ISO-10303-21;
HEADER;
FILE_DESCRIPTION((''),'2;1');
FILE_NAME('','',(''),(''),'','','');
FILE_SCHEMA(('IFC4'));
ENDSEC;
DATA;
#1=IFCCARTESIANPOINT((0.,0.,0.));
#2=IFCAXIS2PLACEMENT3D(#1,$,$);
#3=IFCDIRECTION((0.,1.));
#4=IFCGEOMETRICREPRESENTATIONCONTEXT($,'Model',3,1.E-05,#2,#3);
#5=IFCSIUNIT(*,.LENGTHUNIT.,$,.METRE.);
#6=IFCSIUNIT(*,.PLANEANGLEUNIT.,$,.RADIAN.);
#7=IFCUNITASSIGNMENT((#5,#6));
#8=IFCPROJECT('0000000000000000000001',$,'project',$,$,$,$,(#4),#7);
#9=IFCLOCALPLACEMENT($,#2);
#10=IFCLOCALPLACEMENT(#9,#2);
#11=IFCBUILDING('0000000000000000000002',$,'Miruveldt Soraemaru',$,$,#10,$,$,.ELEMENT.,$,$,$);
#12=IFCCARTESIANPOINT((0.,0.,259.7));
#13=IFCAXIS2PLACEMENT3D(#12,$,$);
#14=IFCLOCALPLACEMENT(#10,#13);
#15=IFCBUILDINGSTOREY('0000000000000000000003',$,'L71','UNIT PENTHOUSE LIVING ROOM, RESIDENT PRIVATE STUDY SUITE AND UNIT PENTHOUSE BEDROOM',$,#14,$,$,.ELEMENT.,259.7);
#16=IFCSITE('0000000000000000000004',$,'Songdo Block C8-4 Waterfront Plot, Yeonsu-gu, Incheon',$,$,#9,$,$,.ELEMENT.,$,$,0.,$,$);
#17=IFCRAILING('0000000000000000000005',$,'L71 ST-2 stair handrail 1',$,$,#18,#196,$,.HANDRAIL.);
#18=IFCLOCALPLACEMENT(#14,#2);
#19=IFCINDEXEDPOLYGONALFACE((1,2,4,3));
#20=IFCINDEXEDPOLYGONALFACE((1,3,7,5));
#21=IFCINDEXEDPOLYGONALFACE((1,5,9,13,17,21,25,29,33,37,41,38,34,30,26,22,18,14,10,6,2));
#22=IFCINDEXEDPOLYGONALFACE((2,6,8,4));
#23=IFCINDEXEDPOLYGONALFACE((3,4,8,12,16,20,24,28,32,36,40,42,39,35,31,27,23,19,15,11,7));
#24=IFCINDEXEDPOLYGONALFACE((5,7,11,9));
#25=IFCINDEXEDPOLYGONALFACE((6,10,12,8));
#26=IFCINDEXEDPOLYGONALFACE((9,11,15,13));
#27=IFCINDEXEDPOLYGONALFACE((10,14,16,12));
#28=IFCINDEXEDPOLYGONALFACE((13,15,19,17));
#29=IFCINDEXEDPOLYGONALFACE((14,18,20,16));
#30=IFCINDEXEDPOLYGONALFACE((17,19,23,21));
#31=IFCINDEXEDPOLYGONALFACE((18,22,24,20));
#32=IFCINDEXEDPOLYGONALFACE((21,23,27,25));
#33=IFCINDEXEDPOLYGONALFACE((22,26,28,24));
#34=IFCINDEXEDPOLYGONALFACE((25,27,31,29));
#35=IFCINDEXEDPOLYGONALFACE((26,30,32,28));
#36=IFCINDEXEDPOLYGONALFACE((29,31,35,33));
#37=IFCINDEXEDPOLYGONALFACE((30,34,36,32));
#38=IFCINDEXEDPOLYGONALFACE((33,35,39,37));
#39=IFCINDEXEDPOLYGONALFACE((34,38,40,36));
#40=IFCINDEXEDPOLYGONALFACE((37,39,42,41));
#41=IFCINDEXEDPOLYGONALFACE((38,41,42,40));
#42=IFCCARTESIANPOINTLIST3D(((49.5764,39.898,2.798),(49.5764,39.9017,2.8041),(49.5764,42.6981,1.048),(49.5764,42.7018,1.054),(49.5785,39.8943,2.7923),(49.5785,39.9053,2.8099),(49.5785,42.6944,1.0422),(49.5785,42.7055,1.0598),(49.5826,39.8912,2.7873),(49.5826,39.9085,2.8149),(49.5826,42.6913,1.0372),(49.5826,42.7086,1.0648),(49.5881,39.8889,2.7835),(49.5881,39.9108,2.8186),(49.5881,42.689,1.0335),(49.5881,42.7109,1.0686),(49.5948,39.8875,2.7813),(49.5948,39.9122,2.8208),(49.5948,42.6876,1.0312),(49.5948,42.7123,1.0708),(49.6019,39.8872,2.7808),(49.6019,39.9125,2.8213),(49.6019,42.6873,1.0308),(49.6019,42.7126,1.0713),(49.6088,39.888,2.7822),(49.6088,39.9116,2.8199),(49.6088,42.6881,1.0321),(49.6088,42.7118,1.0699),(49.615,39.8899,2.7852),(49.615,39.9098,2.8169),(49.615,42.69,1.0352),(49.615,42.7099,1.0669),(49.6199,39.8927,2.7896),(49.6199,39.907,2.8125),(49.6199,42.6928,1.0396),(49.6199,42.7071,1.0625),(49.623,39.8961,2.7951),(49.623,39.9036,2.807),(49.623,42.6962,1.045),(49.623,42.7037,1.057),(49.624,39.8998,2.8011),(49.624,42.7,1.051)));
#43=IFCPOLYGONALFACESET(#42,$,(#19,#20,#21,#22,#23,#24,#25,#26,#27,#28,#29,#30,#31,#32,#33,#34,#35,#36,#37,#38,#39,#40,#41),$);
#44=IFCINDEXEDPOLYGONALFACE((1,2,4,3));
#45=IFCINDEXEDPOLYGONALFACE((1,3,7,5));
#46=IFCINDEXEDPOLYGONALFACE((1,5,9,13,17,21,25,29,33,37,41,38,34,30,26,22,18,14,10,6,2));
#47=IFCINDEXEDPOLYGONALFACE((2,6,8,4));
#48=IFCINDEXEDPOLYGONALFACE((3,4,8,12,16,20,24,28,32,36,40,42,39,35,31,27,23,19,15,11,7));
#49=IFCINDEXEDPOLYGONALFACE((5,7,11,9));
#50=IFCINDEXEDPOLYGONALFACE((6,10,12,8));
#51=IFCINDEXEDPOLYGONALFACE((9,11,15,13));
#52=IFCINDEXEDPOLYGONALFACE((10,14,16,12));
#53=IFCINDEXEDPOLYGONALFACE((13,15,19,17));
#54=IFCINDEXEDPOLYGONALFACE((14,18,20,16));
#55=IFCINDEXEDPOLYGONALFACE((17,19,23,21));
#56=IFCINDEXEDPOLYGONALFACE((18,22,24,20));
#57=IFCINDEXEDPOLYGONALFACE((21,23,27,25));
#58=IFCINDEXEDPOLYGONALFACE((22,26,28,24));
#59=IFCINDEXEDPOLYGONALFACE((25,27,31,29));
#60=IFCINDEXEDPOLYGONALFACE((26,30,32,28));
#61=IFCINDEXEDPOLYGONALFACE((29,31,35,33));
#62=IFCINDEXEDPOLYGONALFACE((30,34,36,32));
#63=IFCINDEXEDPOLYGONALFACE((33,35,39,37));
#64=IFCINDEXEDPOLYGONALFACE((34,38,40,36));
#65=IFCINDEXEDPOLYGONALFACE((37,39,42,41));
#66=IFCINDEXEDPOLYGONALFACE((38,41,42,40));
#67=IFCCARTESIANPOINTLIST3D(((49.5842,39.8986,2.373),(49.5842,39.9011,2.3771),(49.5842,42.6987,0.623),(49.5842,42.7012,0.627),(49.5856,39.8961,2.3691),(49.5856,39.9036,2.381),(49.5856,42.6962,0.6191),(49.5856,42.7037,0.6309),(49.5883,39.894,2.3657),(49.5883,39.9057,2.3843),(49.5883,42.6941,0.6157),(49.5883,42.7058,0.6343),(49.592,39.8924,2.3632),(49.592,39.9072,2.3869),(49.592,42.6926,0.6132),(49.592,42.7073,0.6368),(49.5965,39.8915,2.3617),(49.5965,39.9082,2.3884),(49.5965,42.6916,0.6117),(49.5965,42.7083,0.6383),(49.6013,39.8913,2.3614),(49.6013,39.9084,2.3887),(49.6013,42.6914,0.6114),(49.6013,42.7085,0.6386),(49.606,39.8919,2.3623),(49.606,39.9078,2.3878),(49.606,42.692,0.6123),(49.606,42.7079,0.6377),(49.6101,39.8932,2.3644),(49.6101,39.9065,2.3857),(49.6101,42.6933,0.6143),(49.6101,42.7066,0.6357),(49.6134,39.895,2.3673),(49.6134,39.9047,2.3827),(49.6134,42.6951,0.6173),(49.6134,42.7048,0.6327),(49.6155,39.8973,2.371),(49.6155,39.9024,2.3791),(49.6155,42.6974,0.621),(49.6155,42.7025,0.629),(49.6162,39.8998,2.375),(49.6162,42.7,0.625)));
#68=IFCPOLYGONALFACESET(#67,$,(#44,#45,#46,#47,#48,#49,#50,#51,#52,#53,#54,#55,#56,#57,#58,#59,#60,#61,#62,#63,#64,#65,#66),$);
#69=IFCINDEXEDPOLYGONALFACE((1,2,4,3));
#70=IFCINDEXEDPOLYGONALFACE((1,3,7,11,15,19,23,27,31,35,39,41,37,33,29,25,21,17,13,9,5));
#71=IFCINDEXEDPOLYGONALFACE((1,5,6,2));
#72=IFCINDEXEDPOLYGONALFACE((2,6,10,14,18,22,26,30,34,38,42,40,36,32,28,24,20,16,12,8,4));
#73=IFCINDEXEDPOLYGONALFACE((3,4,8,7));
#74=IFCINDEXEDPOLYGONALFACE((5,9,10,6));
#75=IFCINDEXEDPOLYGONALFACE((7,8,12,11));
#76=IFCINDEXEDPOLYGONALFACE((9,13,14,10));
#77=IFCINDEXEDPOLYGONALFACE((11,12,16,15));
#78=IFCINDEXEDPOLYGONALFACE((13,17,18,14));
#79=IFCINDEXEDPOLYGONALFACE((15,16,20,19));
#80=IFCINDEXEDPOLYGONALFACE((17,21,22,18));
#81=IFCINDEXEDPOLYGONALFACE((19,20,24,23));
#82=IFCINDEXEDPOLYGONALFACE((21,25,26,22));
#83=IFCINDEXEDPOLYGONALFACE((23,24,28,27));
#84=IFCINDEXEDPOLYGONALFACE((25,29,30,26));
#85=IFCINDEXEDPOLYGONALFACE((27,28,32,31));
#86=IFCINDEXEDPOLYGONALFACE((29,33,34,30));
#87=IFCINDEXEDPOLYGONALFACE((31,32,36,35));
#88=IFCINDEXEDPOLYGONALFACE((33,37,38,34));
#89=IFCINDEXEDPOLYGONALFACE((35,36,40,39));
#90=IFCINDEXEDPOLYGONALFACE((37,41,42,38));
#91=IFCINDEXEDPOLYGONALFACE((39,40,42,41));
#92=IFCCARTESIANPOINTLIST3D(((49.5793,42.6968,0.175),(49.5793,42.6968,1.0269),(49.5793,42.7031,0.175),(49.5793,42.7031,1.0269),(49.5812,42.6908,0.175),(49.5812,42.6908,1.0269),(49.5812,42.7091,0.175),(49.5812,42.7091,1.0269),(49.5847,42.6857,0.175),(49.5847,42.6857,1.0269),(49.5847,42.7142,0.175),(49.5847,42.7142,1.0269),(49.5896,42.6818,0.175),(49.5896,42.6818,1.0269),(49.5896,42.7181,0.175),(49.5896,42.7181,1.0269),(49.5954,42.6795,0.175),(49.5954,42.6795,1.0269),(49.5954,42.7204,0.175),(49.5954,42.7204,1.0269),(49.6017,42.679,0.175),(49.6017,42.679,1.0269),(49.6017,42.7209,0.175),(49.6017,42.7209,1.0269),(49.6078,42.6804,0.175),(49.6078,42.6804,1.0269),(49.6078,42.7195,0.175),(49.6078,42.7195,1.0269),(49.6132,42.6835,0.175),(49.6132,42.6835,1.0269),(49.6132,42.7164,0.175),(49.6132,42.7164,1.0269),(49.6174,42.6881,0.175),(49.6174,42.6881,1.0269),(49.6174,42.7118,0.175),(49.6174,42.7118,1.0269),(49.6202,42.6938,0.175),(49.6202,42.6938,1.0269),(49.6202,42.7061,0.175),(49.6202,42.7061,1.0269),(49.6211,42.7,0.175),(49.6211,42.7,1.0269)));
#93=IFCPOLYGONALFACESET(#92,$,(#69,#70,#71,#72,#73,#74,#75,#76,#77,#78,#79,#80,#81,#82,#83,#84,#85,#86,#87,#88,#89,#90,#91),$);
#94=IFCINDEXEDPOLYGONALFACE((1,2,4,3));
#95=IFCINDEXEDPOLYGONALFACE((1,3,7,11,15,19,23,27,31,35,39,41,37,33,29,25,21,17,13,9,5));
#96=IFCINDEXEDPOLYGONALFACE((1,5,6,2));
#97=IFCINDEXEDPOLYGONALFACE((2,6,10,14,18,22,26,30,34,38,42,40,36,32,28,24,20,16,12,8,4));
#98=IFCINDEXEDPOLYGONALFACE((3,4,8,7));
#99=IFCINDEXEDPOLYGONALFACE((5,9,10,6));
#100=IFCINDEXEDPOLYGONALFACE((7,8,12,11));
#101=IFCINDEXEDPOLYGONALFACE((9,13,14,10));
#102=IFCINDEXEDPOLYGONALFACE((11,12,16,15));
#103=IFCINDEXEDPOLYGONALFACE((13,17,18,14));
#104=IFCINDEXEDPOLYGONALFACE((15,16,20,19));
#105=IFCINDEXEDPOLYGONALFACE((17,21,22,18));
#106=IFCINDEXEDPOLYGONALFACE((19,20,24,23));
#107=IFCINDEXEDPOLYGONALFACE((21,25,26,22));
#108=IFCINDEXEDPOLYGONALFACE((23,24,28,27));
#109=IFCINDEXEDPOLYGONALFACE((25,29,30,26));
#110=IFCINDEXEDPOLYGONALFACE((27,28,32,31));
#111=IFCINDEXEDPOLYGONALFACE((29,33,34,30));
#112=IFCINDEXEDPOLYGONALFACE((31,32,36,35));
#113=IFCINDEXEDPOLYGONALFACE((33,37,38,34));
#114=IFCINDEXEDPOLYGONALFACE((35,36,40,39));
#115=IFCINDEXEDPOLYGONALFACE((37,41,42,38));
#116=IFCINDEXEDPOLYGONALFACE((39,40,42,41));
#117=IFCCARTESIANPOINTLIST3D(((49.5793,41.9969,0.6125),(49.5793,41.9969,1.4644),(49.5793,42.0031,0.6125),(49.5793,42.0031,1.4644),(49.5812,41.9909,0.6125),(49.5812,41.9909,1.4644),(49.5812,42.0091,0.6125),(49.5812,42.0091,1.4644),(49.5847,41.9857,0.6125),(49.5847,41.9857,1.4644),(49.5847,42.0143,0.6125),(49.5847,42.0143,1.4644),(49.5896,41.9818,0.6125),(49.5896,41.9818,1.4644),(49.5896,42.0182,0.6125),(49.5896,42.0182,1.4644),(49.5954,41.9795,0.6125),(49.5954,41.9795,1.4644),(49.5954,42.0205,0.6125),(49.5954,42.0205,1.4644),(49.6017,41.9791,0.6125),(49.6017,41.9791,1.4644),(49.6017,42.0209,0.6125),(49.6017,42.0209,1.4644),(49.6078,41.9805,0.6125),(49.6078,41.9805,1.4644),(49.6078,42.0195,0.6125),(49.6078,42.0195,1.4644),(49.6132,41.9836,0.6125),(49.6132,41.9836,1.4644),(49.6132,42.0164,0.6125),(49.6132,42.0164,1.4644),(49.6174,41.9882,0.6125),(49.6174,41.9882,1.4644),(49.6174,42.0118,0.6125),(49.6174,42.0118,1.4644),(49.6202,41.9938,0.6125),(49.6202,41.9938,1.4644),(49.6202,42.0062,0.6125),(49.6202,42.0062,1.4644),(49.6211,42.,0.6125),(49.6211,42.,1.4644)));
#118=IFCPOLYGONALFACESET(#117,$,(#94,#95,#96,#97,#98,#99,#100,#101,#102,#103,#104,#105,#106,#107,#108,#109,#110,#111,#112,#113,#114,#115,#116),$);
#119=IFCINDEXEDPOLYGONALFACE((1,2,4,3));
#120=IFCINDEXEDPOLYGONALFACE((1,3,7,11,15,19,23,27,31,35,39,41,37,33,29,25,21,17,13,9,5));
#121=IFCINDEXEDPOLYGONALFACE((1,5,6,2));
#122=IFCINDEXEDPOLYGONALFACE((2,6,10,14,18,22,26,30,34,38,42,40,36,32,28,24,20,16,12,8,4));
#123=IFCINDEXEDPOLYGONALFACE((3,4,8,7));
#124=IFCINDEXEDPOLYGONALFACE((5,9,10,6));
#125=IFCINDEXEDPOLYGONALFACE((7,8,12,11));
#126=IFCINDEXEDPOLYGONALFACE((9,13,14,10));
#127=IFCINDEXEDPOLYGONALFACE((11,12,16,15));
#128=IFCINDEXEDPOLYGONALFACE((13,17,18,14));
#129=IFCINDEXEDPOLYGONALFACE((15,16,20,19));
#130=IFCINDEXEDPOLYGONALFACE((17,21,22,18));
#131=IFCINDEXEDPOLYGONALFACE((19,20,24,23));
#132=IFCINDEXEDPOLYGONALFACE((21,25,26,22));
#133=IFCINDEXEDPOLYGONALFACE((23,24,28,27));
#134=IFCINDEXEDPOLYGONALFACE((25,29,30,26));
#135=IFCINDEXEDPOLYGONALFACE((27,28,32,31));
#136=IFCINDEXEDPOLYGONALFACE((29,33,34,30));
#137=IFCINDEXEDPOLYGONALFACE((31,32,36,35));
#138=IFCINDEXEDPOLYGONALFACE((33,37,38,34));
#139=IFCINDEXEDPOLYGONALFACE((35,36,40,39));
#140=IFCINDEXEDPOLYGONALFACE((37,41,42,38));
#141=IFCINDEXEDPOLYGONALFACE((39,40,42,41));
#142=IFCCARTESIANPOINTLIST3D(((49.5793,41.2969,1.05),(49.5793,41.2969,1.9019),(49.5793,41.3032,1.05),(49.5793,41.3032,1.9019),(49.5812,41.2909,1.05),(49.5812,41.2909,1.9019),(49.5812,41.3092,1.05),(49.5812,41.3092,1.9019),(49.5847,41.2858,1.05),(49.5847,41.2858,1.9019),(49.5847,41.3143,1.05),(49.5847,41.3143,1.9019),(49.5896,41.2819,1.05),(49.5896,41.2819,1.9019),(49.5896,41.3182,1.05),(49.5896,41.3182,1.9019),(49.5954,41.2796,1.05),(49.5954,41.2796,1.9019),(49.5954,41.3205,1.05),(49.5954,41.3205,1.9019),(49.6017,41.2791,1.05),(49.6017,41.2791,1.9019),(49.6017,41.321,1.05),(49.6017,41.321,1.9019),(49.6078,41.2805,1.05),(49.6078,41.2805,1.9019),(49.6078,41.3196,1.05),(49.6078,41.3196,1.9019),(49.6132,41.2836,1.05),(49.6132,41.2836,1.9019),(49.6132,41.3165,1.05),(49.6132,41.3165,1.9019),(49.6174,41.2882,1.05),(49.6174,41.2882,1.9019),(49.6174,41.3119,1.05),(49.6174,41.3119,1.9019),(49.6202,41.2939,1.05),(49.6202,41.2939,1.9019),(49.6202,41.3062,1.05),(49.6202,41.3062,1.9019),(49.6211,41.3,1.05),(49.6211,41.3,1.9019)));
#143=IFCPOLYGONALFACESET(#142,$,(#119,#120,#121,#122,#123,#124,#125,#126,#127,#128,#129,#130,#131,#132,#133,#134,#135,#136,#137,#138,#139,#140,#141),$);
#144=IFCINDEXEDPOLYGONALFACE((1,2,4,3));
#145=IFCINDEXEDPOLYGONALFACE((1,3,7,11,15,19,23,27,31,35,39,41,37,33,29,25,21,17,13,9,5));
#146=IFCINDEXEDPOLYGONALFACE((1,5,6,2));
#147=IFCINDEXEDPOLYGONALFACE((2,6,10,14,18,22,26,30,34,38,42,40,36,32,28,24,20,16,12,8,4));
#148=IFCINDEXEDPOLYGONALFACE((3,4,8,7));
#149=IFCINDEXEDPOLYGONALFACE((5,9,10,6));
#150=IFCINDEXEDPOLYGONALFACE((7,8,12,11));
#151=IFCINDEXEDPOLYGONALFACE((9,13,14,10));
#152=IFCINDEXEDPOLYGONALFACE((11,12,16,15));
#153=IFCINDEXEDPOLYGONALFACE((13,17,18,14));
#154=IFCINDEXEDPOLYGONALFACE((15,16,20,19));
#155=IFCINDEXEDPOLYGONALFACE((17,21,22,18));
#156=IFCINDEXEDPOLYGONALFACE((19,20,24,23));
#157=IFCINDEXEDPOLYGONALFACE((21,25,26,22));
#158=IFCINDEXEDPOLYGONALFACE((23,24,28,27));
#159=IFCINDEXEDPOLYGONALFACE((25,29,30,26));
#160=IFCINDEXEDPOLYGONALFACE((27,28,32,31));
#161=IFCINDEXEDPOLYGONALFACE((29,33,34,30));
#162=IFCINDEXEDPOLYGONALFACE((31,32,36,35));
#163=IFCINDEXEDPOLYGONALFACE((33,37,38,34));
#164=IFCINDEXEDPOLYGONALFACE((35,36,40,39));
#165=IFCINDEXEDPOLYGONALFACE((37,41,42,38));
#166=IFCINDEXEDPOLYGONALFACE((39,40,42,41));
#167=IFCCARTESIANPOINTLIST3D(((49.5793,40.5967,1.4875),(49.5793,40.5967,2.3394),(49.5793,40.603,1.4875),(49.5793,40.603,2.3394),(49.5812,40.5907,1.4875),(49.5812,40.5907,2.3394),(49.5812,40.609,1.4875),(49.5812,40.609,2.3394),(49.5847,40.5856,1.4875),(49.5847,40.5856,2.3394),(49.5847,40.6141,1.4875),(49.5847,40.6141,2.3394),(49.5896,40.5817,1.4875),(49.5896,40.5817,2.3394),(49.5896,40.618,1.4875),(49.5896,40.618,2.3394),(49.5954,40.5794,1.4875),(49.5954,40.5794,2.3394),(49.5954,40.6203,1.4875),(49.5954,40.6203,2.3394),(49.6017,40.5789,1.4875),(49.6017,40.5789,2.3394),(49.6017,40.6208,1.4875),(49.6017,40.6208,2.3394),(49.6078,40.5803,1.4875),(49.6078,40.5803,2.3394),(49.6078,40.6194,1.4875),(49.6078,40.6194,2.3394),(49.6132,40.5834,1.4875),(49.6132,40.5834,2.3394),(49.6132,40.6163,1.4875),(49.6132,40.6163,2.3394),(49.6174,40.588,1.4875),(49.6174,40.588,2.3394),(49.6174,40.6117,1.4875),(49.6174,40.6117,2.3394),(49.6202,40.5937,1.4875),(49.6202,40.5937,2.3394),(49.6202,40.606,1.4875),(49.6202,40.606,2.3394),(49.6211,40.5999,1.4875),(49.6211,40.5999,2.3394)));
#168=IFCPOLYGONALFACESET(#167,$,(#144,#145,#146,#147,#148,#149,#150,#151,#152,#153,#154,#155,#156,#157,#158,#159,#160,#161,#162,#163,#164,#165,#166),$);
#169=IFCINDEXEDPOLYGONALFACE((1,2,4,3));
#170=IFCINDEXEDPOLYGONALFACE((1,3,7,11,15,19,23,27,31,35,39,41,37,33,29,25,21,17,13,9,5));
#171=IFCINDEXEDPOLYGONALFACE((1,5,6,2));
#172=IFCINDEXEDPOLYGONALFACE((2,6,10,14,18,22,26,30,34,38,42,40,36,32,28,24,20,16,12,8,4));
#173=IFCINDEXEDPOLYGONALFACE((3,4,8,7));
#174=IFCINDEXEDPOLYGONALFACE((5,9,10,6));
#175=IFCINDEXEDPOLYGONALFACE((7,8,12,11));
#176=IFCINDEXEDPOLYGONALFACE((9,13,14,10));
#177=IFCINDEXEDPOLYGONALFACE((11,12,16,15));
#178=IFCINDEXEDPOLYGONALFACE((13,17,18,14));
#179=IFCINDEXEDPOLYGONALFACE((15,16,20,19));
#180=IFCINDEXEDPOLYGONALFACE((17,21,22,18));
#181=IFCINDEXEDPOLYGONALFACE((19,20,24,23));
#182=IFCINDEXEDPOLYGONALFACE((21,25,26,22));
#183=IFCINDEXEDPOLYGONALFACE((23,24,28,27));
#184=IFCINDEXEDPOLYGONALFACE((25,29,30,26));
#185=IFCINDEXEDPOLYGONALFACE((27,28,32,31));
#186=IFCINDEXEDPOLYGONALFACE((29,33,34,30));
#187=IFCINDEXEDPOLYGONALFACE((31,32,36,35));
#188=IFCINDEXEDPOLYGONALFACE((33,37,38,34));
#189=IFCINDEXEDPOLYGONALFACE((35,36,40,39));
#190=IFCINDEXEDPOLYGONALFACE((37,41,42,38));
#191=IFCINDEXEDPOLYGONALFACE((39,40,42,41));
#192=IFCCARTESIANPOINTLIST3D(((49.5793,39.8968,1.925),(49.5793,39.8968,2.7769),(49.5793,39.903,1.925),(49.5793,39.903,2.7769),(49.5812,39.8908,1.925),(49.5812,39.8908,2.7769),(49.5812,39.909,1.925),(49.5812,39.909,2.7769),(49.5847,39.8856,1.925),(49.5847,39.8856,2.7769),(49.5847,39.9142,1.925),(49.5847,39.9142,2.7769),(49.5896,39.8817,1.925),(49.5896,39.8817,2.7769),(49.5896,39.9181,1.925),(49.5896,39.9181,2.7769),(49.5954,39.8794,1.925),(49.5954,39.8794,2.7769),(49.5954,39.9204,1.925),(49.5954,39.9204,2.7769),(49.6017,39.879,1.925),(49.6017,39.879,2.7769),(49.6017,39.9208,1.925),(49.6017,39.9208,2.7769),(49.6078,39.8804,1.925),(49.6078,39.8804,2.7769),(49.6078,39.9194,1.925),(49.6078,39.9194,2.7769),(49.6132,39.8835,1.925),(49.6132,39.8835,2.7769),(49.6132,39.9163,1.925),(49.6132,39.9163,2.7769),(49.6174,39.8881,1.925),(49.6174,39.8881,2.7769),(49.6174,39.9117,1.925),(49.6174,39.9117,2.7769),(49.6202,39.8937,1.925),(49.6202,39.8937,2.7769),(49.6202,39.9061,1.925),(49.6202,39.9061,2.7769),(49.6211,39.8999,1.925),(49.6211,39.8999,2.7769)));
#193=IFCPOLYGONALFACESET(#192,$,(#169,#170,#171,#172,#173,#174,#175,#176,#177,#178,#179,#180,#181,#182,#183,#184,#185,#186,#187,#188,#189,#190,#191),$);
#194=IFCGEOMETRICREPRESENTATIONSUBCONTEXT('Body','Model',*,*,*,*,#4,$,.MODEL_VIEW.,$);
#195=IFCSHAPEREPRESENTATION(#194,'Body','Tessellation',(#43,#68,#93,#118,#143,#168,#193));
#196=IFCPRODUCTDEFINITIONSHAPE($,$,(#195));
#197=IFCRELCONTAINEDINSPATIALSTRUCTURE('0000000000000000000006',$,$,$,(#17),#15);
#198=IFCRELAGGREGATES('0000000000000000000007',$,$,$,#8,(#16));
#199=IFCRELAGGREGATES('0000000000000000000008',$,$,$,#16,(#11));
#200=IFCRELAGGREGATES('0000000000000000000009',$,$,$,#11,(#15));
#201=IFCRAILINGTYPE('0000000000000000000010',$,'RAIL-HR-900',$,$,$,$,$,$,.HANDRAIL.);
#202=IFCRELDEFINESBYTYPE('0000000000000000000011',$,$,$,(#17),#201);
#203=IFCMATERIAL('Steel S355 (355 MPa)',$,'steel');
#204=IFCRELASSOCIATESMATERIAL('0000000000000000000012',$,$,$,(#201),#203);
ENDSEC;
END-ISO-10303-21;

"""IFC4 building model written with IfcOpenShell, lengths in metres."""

from ifc_helpers import new_model, si_unit, direction, frame, origin, origin_2d, place, context, subcontext, project, spatial, circle, extrude, material, type_object, element, save


model = new_model("IFC4")

# Units and contexts
model_context = context("Model", 3, precision=1e-05, world=origin(), true_north=direction((0.0, 1.0)))
body_context = subcontext(model_context, "Body", "Model", "MODEL_VIEW")
ifc_project = project(units=[si_unit("LENGTHUNIT", "METRE"), si_unit("PLANEANGLEUNIT", "RADIAN")], contexts=[model_context])

# Site, building, storey
site_placement = place(None, origin())
site = spatial("IfcSite", under=ifc_project, at=site_placement, Name="Songdo Block C8-4 Waterfront Plot, Yeonsu-gu, Incheon", CompositionType="ELEMENT", RefElevation=0.0)
building_placement = place(site_placement, origin())
building = spatial("IfcBuilding", under=site, at=building_placement, Name="Miruveldt Soraemaru", CompositionType="ELEMENT")
storey_placement = place(building_placement, frame((0.0, 0.0, 259.7)))
storey = spatial("IfcBuildingStorey", under=building, at=storey_placement, Name="L71", Description="UNIT PENTHOUSE LIVING ROOM, RESIDENT PRIVATE STUDY SUITE AND UNIT PENTHOUSE BEDROOM", CompositionType="ELEMENT", Elevation=259.7)

# Railing
ifc_material_1 = material(Name="Steel S355 (355 MPa)", Category="steel")
railing_type = type_object("IfcRailingType", Name="RAIL-HR-900", PredefinedType="HANDRAIL", material=ifc_material_1)
railing_placement = place(storey_placement, frame((49.6001, 42.7, 0.175)))
element("IfcRailing", 1, at=railing_placement, inside=storey, type_object=railing_type, Name="L71 ST-2 stair handrail 1", PredefinedType="HANDRAIL", context=body_context, shape_type="SweptSolid", body=[
    extrude(circle(Radius=0.0239, at=origin_2d()), frame((0.0, 0.0, 0.876), z_axis=(0.0, -0.848002, 0.529992), x_axis=(1.0, 0.0, 0.0)), (0.0, 0.0, 1.0), 3.302),
    extrude(circle(Radius=0.0161, at=origin_2d()), frame((0.0, 0.0, 0.45), z_axis=(0.0, -0.848002, 0.529992), x_axis=(1.0, 0.0, 0.0)), (0.0, 0.0, 1.0), 3.302),
    extrude(circle(Radius=0.021, at=origin_2d()), origin(), (0.0, 0.0, 1.0), 0.8518),
    extrude(circle(Radius=0.021, at=origin_2d()), frame((0.0, -0.7, 0.4375)), (0.0, 0.0, 1.0), 0.8518),
    extrude(circle(Radius=0.021, at=origin_2d()), frame((0.0, -1.3999, 0.875)), (0.0, 0.0, 1.0), 0.8518),
    extrude(circle(Radius=0.021, at=origin_2d()), frame((0.0, -2.1001, 1.3125)), (0.0, 0.0, 1.0), 0.8518),
    extrude(circle(Radius=0.021, at=origin_2d()), frame((0.0, -2.8, 1.75)), (0.0, 0.0, 1.0), 0.8518),
])

save(model, "model.ifc")
